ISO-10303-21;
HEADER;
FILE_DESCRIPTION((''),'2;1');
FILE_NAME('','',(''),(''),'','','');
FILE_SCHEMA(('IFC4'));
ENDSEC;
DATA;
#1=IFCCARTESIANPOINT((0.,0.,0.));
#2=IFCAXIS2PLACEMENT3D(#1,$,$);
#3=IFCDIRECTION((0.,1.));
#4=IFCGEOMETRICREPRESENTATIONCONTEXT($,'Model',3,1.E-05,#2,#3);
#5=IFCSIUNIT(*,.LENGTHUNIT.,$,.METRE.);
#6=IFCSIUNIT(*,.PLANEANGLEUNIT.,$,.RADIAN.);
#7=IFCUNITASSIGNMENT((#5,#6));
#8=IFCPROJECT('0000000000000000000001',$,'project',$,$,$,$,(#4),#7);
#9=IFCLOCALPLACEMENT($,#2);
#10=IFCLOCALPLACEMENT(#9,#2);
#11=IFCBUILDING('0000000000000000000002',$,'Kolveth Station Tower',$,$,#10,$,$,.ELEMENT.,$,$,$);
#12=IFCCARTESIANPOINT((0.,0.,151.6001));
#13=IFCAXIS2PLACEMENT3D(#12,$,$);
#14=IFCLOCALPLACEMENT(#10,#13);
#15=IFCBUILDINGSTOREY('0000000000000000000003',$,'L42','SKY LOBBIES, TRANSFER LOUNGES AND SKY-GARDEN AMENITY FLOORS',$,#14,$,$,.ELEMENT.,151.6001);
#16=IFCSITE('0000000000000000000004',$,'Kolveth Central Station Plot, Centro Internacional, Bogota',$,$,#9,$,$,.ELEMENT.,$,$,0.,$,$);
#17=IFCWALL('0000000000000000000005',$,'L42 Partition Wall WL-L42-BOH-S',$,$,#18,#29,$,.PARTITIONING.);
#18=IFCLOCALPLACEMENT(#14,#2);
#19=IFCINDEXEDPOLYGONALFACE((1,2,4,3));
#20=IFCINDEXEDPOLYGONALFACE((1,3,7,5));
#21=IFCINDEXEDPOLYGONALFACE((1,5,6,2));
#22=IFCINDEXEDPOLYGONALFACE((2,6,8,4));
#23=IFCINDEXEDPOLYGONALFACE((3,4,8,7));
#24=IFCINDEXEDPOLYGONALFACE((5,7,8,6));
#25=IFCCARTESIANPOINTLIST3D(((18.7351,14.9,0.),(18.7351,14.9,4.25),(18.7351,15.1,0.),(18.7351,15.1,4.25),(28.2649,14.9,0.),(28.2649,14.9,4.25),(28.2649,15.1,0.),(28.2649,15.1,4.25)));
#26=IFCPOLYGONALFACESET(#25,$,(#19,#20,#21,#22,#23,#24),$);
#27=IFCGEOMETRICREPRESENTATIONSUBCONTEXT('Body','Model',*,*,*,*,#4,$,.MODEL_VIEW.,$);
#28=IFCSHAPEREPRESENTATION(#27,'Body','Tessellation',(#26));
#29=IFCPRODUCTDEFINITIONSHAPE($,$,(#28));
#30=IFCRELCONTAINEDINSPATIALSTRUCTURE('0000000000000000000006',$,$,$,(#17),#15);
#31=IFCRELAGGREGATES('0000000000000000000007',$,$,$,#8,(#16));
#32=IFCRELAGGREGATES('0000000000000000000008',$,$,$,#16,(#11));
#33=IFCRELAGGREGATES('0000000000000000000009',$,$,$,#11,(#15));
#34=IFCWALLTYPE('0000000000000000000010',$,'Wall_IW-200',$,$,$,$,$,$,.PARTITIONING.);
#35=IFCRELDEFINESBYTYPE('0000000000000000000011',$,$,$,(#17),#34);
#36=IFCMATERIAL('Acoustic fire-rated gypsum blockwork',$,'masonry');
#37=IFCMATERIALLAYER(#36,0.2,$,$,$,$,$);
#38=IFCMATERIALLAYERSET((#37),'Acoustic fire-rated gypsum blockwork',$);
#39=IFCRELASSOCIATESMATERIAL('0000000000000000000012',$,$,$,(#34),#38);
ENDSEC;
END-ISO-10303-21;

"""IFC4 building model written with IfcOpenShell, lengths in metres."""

from ifc_helpers import new_model, si_unit, direction, frame, frame_2d, origin, place, context, subcontext, project, spatial, rectangle, extrude, material, layer, layer_set, type_object, element, save


model = new_model("IFC4")

# Units and contexts
model_context = context("Model", 3, precision=1e-05, world=origin(), true_north=direction((0.0, 1.0)))
body_context = subcontext(model_context, "Body", "Model", "MODEL_VIEW")
ifc_project = project(units=[si_unit("LENGTHUNIT", "METRE"), si_unit("PLANEANGLEUNIT", "RADIAN")], contexts=[model_context])

# Site, building, storey
site_placement = place(None, origin())
site = spatial("IfcSite", under=ifc_project, at=site_placement, Name="Kolveth Central Station Plot, Centro Internacional, Bogota", CompositionType="ELEMENT", RefElevation=0.0)
building_placement = place(site_placement, origin())
building = spatial("IfcBuilding", under=site, at=building_placement, Name="Kolveth Station Tower", CompositionType="ELEMENT")
storey_placement = place(building_placement, frame((0.0, 0.0, 151.6001)))
storey = spatial("IfcBuildingStorey", under=building, at=storey_placement, Name="L42", Description="SKY LOBBIES, TRANSFER LOUNGES AND SKY-GARDEN AMENITY FLOORS", CompositionType="ELEMENT", Elevation=151.6001)

# Wall
ifc_material_1 = material(Name="Acoustic fire-rated gypsum blockwork", Category="masonry")
ifc_layer_1 = layer(ifc_material_1, 0.2)
ifc_layer_set_1 = layer_set([ifc_layer_1], Name="Acoustic fire-rated gypsum blockwork")
wall_type_1 = type_object("IfcWallType", Name="Wall_IW-200", PredefinedType="PARTITIONING", material=ifc_layer_set_1)
wall_1_placement = place(storey_placement, frame((18.7351, 15.0, 0.0), z_axis=(0.0, 0.0, 1.0), x_axis=(1.0, 0.0, 0.0)))
element("IfcWall", 1, at=wall_1_placement, inside=storey, type_object=wall_type_1, Name="L42 Partition Wall WL-L42-BOH-S", PredefinedType="PARTITIONING", context=body_context, shape_type="SweptSolid", body=[
    extrude(rectangle(XDim=9.5298, YDim=0.2, at=frame_2d((4.7649, 0.0))), origin(), (0.0, 0.0, 1.0), 4.25),
])

save(model, "model.ifc")
